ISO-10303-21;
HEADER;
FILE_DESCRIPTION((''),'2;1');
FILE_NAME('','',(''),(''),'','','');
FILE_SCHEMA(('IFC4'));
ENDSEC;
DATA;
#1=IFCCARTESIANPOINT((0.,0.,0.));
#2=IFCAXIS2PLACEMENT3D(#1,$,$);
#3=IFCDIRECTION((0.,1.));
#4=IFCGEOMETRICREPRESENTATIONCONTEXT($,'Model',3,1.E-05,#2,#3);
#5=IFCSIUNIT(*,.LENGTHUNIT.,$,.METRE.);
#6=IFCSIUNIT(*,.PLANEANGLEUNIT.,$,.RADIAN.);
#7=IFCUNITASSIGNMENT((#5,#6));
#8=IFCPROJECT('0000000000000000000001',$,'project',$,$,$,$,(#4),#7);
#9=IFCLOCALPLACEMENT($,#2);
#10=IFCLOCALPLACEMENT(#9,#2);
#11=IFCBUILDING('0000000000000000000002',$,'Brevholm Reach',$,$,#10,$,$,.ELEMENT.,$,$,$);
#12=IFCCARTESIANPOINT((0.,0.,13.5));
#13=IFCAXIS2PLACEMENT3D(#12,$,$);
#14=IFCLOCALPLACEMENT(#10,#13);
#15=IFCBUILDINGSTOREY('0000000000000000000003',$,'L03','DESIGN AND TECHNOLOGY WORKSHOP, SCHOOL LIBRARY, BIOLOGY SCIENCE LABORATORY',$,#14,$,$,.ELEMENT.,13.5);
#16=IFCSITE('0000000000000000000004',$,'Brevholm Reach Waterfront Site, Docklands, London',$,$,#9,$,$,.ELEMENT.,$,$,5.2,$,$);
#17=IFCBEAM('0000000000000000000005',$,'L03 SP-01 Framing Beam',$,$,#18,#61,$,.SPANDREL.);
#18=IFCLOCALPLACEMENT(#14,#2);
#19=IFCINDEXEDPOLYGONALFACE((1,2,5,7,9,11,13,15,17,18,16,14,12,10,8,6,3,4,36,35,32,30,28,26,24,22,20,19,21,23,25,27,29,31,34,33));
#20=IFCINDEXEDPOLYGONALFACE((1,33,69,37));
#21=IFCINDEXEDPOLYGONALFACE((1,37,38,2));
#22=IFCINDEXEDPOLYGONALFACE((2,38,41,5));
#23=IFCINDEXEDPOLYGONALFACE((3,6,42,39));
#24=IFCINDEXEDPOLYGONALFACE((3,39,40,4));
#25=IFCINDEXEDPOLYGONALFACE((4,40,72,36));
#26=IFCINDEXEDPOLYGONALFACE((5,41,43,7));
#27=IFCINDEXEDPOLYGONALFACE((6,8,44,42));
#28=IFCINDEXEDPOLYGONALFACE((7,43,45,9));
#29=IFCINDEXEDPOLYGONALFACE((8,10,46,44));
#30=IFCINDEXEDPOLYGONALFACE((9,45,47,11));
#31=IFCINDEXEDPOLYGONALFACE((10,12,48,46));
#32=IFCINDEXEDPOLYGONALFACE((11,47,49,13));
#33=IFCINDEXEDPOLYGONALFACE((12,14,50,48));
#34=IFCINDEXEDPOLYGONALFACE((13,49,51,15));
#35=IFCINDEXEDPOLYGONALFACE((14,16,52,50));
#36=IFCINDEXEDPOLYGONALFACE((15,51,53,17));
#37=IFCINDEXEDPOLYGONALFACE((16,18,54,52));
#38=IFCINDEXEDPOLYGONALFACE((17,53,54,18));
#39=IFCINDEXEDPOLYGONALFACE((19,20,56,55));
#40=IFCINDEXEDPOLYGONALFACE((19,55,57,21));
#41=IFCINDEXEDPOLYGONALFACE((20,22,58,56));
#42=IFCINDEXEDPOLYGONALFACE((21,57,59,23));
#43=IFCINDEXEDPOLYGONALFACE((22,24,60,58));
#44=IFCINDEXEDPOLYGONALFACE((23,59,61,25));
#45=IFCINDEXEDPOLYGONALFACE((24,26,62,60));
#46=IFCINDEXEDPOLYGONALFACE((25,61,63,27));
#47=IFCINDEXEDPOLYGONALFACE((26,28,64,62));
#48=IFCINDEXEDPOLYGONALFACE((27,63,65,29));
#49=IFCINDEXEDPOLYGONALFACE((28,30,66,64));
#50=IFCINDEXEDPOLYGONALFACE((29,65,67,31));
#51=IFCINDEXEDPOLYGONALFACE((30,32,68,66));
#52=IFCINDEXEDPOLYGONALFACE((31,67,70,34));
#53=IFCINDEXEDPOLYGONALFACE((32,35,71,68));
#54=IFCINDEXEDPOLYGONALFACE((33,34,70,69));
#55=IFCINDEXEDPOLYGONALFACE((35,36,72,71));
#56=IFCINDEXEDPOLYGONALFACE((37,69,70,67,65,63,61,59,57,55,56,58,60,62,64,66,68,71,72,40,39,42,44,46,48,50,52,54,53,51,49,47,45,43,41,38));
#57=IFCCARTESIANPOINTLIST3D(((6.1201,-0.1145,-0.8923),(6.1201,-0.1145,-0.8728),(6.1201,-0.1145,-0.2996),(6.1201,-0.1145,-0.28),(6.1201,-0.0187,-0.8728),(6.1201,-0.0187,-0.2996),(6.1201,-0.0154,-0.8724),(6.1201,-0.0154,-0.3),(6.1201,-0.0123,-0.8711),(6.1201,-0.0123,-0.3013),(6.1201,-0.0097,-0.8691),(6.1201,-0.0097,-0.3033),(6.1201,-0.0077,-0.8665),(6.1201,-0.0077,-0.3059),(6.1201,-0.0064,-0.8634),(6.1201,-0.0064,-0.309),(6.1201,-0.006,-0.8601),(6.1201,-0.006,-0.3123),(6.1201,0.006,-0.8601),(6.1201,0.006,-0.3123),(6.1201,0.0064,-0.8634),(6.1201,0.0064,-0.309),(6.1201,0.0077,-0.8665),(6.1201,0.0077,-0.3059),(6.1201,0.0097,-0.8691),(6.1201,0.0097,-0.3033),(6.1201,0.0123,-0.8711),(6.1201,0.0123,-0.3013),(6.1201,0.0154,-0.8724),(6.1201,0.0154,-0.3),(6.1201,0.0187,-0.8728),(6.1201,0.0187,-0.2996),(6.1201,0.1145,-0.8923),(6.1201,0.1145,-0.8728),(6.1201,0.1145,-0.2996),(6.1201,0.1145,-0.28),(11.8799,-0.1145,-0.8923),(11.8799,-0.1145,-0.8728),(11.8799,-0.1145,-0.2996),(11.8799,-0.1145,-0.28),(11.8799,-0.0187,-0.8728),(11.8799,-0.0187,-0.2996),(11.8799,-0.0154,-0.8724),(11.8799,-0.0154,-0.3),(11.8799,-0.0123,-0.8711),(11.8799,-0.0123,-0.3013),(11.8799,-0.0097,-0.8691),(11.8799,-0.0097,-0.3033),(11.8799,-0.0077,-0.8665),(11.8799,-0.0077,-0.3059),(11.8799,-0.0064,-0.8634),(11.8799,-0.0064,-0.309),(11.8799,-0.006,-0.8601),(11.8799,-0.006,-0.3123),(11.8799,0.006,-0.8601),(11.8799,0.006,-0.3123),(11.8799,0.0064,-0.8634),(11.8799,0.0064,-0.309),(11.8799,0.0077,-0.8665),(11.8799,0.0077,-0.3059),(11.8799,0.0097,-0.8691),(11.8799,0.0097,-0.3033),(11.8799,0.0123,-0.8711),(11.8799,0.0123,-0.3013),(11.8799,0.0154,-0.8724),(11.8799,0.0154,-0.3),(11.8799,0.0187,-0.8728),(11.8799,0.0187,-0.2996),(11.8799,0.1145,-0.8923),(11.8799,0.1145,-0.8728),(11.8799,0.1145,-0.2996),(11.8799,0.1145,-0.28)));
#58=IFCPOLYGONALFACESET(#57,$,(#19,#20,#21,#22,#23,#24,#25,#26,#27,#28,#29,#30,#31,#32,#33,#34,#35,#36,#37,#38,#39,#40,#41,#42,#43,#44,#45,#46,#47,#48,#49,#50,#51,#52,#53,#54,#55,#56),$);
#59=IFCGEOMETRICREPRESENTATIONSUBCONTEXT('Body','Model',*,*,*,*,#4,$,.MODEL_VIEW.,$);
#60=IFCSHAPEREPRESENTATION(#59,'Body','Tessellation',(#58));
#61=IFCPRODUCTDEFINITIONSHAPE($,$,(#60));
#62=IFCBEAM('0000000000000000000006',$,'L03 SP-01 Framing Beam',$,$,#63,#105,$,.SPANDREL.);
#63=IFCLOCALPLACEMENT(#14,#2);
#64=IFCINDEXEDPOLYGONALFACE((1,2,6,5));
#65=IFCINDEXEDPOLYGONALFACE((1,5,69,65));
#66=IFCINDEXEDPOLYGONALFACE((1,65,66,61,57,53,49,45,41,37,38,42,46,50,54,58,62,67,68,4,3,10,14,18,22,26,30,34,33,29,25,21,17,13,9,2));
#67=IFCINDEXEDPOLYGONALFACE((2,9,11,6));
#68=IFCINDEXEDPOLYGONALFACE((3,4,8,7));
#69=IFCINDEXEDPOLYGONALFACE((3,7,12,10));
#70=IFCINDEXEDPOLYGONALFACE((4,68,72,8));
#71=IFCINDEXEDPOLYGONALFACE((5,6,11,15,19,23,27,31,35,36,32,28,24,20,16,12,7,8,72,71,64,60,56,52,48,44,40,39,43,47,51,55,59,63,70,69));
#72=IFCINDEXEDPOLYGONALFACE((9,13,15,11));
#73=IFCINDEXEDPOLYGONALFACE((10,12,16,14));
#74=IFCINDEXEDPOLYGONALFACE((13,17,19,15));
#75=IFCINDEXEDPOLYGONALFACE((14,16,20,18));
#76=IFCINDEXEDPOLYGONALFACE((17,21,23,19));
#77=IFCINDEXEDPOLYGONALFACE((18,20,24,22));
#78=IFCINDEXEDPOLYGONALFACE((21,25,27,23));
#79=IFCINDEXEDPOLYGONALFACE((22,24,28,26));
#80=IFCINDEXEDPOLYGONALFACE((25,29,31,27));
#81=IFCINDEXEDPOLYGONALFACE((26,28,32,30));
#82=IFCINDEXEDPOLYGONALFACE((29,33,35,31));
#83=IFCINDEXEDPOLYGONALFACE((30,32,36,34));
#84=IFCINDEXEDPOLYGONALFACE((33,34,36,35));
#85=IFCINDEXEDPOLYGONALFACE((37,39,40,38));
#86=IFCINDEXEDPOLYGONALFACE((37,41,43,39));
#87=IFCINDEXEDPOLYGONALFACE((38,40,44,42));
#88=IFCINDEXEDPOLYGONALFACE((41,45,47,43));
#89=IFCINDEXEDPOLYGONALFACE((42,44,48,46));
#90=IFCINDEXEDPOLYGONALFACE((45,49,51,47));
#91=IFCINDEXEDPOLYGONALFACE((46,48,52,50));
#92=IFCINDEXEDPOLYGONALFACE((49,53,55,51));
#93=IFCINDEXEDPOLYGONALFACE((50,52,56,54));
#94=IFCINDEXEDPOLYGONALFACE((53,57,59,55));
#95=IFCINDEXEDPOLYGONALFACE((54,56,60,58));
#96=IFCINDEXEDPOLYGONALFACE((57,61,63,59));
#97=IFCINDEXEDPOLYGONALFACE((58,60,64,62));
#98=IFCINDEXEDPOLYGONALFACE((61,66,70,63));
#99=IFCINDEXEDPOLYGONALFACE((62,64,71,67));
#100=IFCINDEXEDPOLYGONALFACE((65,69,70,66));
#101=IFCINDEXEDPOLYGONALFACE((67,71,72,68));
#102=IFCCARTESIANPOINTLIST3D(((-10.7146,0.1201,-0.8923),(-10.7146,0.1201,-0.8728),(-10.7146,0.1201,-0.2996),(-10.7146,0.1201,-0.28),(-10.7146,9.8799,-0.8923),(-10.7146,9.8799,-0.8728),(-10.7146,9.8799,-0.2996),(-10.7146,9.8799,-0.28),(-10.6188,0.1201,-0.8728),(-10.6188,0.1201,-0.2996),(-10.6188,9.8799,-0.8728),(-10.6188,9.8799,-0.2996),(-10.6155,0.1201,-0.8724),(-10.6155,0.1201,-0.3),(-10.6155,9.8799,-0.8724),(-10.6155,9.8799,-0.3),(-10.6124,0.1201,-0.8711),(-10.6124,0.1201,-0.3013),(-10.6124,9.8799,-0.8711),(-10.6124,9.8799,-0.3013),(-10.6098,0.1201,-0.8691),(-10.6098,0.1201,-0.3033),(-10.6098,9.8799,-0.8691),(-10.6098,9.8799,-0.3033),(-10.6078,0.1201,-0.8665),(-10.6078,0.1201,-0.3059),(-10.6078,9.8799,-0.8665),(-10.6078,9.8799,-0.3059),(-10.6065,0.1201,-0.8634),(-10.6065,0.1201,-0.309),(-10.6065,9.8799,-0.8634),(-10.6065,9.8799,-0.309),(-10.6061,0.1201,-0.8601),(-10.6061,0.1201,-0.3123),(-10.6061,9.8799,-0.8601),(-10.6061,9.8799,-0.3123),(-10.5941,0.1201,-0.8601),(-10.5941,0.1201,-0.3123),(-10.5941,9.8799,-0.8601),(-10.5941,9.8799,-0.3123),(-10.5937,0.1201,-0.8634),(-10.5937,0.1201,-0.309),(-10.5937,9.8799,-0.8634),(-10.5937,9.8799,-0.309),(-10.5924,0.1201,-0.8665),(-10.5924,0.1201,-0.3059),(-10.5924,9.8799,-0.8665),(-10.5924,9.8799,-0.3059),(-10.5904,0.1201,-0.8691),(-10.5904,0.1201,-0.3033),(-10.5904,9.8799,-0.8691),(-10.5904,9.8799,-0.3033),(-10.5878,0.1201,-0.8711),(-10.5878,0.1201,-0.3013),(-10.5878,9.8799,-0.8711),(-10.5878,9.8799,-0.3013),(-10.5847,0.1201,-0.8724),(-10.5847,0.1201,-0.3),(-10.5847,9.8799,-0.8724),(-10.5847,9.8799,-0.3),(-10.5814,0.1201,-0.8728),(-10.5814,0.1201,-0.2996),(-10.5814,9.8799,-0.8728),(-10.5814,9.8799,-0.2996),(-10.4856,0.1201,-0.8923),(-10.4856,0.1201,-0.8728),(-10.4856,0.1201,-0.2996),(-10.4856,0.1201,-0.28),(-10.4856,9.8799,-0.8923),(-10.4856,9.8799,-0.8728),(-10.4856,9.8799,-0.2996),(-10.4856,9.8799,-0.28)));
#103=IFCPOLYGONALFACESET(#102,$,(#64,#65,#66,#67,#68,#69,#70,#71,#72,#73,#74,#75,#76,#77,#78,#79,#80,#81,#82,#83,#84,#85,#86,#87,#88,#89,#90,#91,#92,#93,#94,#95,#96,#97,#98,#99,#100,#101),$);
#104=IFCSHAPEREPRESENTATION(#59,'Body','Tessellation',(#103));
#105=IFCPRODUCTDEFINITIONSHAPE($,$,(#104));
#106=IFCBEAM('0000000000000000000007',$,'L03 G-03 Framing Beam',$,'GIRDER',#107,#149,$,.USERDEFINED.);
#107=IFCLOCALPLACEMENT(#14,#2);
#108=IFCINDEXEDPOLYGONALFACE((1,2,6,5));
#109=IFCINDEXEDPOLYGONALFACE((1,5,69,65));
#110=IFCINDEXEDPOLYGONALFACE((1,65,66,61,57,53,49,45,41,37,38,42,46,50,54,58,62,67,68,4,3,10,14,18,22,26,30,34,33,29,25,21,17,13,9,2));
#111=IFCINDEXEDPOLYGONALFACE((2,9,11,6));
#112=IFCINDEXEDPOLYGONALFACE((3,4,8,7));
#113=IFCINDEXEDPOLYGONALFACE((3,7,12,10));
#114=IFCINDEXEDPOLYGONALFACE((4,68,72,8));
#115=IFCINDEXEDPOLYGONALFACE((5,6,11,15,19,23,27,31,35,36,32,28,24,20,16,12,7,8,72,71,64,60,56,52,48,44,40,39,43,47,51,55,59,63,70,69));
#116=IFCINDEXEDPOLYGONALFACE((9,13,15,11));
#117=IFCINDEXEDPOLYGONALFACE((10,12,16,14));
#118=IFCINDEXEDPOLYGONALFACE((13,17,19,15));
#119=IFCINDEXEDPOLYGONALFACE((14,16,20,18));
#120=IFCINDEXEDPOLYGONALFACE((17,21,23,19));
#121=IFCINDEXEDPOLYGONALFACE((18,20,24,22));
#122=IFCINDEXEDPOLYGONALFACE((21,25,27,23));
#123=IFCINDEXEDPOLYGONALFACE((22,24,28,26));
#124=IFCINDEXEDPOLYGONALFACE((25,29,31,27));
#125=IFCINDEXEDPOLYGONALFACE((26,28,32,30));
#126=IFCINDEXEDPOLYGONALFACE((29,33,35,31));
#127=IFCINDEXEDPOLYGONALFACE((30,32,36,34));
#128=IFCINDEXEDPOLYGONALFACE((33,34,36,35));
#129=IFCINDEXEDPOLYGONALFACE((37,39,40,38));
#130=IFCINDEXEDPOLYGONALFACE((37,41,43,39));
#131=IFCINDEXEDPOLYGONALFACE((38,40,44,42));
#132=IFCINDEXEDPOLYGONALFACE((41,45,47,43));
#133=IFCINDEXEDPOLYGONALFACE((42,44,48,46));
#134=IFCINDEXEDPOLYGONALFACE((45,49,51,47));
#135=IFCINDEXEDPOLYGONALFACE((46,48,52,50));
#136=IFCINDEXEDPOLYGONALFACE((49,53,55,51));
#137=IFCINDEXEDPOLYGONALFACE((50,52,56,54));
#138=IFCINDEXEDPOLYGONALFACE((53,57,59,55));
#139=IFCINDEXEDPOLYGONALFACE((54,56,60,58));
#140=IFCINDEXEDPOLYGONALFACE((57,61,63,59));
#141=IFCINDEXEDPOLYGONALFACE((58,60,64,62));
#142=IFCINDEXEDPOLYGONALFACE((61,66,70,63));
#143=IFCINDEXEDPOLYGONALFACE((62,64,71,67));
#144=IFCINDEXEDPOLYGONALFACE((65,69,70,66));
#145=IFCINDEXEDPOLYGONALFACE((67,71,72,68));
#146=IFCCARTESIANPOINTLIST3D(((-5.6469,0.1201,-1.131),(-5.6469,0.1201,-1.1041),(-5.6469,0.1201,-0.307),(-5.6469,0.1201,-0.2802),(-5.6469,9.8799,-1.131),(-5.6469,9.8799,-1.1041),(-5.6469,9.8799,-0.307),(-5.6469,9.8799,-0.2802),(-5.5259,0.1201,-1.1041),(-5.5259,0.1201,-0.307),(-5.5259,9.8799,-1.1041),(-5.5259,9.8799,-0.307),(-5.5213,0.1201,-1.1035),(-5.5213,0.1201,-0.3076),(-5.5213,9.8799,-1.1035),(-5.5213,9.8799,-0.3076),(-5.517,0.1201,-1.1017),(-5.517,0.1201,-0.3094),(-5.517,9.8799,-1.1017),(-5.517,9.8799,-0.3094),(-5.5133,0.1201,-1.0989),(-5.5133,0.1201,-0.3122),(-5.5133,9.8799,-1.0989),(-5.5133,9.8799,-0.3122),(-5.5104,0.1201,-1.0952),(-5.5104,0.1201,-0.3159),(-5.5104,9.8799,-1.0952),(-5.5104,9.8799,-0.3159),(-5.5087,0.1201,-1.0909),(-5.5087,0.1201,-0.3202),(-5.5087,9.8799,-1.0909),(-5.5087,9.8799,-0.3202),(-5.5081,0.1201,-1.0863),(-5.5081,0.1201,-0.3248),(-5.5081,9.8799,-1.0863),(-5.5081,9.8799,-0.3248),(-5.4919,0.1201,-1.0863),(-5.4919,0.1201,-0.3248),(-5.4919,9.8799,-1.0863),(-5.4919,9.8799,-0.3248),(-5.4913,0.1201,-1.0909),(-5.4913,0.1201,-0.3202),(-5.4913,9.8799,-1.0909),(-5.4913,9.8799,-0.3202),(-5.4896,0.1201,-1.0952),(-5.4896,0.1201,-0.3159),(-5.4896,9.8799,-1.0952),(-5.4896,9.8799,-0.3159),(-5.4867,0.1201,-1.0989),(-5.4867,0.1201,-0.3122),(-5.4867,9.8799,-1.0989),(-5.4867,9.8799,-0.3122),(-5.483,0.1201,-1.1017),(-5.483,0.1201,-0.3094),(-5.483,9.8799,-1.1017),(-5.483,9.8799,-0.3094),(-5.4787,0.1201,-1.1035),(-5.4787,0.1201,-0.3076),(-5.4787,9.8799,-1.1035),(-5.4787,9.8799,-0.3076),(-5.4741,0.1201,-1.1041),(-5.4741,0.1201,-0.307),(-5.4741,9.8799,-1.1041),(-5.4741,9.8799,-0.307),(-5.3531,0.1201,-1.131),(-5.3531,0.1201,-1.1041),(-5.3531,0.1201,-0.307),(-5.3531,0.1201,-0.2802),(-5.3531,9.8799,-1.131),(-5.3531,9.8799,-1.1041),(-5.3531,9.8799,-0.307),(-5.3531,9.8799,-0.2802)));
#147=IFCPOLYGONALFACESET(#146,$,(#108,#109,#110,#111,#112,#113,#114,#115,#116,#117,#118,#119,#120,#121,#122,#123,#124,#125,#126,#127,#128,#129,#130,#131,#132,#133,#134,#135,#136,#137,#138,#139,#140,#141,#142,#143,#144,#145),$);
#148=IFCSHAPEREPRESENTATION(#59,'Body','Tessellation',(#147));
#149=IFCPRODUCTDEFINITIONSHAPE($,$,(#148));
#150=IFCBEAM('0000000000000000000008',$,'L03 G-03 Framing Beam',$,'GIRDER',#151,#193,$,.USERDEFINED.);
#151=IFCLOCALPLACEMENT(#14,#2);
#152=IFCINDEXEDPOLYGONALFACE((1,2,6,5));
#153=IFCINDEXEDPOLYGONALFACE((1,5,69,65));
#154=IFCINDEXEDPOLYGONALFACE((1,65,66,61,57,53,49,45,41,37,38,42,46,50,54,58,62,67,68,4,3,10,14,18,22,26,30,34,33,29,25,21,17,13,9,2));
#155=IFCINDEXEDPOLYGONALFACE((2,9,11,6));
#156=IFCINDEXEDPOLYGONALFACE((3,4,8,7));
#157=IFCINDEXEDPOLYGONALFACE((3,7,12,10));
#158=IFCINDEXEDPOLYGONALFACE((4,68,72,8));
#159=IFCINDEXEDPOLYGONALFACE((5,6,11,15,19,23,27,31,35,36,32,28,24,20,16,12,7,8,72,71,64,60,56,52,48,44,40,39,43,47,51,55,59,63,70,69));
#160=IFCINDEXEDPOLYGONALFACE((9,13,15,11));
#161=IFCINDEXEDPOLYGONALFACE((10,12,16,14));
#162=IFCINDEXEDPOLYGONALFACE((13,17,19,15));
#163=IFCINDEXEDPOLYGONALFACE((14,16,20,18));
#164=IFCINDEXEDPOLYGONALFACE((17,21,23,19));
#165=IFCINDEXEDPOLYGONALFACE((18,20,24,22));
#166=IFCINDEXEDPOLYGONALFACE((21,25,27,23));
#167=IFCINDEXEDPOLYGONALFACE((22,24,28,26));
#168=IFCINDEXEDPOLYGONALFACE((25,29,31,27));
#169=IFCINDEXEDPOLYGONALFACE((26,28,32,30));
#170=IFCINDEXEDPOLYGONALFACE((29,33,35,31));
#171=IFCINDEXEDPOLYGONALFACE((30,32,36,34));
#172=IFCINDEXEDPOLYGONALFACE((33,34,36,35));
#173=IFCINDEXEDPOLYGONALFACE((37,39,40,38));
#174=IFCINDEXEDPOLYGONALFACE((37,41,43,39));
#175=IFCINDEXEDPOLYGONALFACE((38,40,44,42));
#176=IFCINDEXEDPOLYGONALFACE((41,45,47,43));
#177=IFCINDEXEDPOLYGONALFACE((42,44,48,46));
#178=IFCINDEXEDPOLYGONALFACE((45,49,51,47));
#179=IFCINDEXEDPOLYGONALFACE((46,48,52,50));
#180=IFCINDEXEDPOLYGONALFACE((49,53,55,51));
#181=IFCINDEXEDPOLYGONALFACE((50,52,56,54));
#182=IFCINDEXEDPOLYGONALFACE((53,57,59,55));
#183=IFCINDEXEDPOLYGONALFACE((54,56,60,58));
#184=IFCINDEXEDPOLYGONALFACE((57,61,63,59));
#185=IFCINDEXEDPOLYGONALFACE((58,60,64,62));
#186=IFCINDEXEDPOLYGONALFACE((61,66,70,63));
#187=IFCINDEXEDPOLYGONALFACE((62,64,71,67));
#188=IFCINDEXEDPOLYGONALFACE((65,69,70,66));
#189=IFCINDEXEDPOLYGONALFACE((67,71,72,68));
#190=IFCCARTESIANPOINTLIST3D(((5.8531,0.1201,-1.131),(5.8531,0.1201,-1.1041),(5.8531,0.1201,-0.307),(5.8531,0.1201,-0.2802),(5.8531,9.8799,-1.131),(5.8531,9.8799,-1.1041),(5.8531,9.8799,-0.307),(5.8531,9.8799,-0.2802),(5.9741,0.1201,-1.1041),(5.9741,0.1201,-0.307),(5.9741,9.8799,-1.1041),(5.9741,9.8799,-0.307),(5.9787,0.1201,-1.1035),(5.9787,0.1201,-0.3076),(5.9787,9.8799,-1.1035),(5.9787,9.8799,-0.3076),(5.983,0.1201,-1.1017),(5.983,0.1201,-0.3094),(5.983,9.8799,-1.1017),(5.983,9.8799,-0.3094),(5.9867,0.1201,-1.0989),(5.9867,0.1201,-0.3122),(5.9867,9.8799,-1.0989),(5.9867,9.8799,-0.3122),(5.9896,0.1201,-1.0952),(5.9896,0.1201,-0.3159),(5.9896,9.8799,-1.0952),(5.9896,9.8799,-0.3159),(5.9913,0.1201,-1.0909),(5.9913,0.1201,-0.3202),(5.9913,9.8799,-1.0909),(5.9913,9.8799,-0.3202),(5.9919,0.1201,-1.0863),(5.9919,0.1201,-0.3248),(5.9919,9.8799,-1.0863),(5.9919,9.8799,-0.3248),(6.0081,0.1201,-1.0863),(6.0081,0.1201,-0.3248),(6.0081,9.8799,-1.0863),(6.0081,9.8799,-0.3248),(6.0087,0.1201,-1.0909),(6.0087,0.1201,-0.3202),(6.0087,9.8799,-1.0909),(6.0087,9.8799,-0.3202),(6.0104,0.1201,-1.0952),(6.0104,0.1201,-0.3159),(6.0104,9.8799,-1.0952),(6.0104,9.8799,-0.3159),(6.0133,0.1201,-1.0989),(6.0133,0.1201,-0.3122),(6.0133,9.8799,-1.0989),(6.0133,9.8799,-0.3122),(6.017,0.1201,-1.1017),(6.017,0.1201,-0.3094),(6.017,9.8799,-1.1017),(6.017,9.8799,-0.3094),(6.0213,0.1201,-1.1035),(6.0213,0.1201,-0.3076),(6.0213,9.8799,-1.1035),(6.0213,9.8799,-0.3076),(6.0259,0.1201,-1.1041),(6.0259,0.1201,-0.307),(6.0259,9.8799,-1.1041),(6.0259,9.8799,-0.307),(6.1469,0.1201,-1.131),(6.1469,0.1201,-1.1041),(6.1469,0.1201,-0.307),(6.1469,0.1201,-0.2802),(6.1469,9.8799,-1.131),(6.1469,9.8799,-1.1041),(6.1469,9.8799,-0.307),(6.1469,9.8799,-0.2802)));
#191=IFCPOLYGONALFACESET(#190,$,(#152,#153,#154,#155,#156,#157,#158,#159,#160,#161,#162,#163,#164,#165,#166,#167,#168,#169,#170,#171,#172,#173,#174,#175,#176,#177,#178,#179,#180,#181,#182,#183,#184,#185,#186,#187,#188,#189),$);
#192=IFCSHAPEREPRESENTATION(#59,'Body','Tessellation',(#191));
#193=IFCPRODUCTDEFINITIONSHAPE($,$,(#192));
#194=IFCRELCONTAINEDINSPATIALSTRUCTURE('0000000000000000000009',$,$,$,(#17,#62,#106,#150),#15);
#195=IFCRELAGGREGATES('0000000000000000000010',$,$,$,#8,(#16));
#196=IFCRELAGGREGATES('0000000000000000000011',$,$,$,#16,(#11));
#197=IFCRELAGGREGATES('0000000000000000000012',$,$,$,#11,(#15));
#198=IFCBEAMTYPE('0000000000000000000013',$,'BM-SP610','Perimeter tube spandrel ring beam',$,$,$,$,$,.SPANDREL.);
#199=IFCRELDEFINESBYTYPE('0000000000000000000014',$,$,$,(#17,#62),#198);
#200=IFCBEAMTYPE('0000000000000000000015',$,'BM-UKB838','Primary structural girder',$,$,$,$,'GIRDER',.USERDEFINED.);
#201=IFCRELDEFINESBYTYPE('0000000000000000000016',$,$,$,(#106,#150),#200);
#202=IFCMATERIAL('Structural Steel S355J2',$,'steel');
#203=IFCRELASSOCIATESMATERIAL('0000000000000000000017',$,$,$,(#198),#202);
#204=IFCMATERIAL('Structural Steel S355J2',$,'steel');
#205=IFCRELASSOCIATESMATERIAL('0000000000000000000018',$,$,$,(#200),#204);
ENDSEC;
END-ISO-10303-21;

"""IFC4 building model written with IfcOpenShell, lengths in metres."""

from ifc_helpers import new_model, si_unit, direction, frame, origin, origin_2d, place, context, subcontext, project, spatial, i_section, extrude, material, material_profile, profile_set, type_object, element, save


model = new_model("IFC4")

# Units and contexts
model_context = context("Model", 3, precision=1e-05, world=origin(), true_north=direction((0.0, 1.0)))
body_context = subcontext(model_context, "Body", "Model", "MODEL_VIEW")
ifc_project = project(units=[si_unit("LENGTHUNIT", "METRE"), si_unit("PLANEANGLEUNIT", "RADIAN")], contexts=[model_context])

# Site, building, storey
site_placement = place(None, origin())
site = spatial("IfcSite", under=ifc_project, at=site_placement, Name="Brevholm Reach Waterfront Site, Docklands, London", CompositionType="ELEMENT", RefElevation=5.2)
building_placement = place(site_placement, origin())
building = spatial("IfcBuilding", under=site, at=building_placement, Name="Brevholm Reach", CompositionType="ELEMENT")
storey_placement = place(building_placement, frame((0.0, 0.0, 13.5)))
storey = spatial("IfcBuildingStorey", under=building, at=storey_placement, Name="L03", Description="DESIGN AND TECHNOLOGY WORKSHOP, SCHOOL LIBRARY, BIOLOGY SCIENCE LABORATORY", CompositionType="ELEMENT", Elevation=13.5)

# Beams
ifc_material_1 = material(Name="Structural Steel S355J2", Category="steel")
ifc_material_profile_1 = material_profile(ifc_material_1, i_section(OverallWidth=0.229, OverallDepth=0.6123, WebThickness=0.012, FlangeThickness=0.0195, FilletRadius=0.0127, at=origin_2d()), Name="UKB 610x229x125")
ifc_profile_set_1 = profile_set([ifc_material_profile_1], Name="Structural Steel S355J2")
beam_type_1 = type_object("IfcBeamType", Name="BM-SP610", Description="Perimeter tube spandrel ring beam", PredefinedType="SPANDREL", material=ifc_profile_set_1)
beam_1_placement = place(storey_placement, frame((6.1201, 0.0, -0.5862), z_axis=(1.0, 0.0, 0.0), x_axis=(0.0, 1.0, 0.0)))
element("IfcBeam", 1, at=beam_1_placement, inside=storey, type_object=beam_type_1, Name="L03 SP-01 Framing Beam", PredefinedType="SPANDREL", context=body_context, shape_type="SweptSolid", body=[
    extrude(i_section(OverallWidth=0.229, OverallDepth=0.6123, WebThickness=0.012, FlangeThickness=0.0195, FilletRadius=0.0127, at=origin_2d()), origin(), (0.0, 0.0, 1.0), 5.7598),
])
beam_2_placement = place(storey_placement, frame((-10.6001, 0.1201, -0.5862), z_axis=(0.0, 1.0, 0.0), x_axis=(-1.0, 0.0, 0.0)))
element("IfcBeam", 2, at=beam_2_placement, inside=storey, type_object=beam_type_1, Name="L03 SP-01 Framing Beam", PredefinedType="SPANDREL", context=body_context, shape_type="SweptSolid", body=[
    extrude(i_section(OverallWidth=0.229, OverallDepth=0.6123, WebThickness=0.012, FlangeThickness=0.0195, FilletRadius=0.0127, at=origin_2d()), origin(), (0.0, 0.0, 1.0), 9.7598),
])
ifc_material_2 = material(Name="Structural Steel S355J2", Category="steel")
ifc_material_profile_2 = material_profile(ifc_material_2, i_section(OverallWidth=0.2937, OverallDepth=0.8508, WebThickness=0.0161, FlangeThickness=0.0269, FilletRadius=0.0178, at=origin_2d()), Name="UKB 838x292x226")
ifc_profile_set_2 = profile_set([ifc_material_profile_2], Name="Structural Steel S355J2")
beam_type_2 = type_object("IfcBeamType", Name="BM-UKB838", Description="Primary structural girder", ElementType="GIRDER", PredefinedType="USERDEFINED", material=ifc_profile_set_2)
for number, where, z_axis, x_axis, name in (
    (3, (-5.5, 0.1201, -0.7056), (0.0, 1.0, 0.0), (-1.0, 0.0, 0.0), "L03 G-03 Framing Beam"),
    (4, (6.0, 0.1201, -0.7056), (0.0, 1.0, 0.0), (-1.0, 0.0, 0.0), "L03 G-03 Framing Beam"),
):
    element("IfcBeam", number, at=place(storey_placement, frame(where, z_axis=z_axis, x_axis=x_axis)), inside=storey, type_object=beam_type_2, Name=name, ObjectType="GIRDER", PredefinedType="USERDEFINED", context=body_context, shape_type="SweptSolid", body=[
        extrude(i_section(OverallWidth=0.2937, OverallDepth=0.8508, WebThickness=0.0161, FlangeThickness=0.0269, FilletRadius=0.0178, at=origin_2d()), origin(), (0.0, 0.0, 1.0), 9.7598),
    ])

save(model, "model.ifc")
